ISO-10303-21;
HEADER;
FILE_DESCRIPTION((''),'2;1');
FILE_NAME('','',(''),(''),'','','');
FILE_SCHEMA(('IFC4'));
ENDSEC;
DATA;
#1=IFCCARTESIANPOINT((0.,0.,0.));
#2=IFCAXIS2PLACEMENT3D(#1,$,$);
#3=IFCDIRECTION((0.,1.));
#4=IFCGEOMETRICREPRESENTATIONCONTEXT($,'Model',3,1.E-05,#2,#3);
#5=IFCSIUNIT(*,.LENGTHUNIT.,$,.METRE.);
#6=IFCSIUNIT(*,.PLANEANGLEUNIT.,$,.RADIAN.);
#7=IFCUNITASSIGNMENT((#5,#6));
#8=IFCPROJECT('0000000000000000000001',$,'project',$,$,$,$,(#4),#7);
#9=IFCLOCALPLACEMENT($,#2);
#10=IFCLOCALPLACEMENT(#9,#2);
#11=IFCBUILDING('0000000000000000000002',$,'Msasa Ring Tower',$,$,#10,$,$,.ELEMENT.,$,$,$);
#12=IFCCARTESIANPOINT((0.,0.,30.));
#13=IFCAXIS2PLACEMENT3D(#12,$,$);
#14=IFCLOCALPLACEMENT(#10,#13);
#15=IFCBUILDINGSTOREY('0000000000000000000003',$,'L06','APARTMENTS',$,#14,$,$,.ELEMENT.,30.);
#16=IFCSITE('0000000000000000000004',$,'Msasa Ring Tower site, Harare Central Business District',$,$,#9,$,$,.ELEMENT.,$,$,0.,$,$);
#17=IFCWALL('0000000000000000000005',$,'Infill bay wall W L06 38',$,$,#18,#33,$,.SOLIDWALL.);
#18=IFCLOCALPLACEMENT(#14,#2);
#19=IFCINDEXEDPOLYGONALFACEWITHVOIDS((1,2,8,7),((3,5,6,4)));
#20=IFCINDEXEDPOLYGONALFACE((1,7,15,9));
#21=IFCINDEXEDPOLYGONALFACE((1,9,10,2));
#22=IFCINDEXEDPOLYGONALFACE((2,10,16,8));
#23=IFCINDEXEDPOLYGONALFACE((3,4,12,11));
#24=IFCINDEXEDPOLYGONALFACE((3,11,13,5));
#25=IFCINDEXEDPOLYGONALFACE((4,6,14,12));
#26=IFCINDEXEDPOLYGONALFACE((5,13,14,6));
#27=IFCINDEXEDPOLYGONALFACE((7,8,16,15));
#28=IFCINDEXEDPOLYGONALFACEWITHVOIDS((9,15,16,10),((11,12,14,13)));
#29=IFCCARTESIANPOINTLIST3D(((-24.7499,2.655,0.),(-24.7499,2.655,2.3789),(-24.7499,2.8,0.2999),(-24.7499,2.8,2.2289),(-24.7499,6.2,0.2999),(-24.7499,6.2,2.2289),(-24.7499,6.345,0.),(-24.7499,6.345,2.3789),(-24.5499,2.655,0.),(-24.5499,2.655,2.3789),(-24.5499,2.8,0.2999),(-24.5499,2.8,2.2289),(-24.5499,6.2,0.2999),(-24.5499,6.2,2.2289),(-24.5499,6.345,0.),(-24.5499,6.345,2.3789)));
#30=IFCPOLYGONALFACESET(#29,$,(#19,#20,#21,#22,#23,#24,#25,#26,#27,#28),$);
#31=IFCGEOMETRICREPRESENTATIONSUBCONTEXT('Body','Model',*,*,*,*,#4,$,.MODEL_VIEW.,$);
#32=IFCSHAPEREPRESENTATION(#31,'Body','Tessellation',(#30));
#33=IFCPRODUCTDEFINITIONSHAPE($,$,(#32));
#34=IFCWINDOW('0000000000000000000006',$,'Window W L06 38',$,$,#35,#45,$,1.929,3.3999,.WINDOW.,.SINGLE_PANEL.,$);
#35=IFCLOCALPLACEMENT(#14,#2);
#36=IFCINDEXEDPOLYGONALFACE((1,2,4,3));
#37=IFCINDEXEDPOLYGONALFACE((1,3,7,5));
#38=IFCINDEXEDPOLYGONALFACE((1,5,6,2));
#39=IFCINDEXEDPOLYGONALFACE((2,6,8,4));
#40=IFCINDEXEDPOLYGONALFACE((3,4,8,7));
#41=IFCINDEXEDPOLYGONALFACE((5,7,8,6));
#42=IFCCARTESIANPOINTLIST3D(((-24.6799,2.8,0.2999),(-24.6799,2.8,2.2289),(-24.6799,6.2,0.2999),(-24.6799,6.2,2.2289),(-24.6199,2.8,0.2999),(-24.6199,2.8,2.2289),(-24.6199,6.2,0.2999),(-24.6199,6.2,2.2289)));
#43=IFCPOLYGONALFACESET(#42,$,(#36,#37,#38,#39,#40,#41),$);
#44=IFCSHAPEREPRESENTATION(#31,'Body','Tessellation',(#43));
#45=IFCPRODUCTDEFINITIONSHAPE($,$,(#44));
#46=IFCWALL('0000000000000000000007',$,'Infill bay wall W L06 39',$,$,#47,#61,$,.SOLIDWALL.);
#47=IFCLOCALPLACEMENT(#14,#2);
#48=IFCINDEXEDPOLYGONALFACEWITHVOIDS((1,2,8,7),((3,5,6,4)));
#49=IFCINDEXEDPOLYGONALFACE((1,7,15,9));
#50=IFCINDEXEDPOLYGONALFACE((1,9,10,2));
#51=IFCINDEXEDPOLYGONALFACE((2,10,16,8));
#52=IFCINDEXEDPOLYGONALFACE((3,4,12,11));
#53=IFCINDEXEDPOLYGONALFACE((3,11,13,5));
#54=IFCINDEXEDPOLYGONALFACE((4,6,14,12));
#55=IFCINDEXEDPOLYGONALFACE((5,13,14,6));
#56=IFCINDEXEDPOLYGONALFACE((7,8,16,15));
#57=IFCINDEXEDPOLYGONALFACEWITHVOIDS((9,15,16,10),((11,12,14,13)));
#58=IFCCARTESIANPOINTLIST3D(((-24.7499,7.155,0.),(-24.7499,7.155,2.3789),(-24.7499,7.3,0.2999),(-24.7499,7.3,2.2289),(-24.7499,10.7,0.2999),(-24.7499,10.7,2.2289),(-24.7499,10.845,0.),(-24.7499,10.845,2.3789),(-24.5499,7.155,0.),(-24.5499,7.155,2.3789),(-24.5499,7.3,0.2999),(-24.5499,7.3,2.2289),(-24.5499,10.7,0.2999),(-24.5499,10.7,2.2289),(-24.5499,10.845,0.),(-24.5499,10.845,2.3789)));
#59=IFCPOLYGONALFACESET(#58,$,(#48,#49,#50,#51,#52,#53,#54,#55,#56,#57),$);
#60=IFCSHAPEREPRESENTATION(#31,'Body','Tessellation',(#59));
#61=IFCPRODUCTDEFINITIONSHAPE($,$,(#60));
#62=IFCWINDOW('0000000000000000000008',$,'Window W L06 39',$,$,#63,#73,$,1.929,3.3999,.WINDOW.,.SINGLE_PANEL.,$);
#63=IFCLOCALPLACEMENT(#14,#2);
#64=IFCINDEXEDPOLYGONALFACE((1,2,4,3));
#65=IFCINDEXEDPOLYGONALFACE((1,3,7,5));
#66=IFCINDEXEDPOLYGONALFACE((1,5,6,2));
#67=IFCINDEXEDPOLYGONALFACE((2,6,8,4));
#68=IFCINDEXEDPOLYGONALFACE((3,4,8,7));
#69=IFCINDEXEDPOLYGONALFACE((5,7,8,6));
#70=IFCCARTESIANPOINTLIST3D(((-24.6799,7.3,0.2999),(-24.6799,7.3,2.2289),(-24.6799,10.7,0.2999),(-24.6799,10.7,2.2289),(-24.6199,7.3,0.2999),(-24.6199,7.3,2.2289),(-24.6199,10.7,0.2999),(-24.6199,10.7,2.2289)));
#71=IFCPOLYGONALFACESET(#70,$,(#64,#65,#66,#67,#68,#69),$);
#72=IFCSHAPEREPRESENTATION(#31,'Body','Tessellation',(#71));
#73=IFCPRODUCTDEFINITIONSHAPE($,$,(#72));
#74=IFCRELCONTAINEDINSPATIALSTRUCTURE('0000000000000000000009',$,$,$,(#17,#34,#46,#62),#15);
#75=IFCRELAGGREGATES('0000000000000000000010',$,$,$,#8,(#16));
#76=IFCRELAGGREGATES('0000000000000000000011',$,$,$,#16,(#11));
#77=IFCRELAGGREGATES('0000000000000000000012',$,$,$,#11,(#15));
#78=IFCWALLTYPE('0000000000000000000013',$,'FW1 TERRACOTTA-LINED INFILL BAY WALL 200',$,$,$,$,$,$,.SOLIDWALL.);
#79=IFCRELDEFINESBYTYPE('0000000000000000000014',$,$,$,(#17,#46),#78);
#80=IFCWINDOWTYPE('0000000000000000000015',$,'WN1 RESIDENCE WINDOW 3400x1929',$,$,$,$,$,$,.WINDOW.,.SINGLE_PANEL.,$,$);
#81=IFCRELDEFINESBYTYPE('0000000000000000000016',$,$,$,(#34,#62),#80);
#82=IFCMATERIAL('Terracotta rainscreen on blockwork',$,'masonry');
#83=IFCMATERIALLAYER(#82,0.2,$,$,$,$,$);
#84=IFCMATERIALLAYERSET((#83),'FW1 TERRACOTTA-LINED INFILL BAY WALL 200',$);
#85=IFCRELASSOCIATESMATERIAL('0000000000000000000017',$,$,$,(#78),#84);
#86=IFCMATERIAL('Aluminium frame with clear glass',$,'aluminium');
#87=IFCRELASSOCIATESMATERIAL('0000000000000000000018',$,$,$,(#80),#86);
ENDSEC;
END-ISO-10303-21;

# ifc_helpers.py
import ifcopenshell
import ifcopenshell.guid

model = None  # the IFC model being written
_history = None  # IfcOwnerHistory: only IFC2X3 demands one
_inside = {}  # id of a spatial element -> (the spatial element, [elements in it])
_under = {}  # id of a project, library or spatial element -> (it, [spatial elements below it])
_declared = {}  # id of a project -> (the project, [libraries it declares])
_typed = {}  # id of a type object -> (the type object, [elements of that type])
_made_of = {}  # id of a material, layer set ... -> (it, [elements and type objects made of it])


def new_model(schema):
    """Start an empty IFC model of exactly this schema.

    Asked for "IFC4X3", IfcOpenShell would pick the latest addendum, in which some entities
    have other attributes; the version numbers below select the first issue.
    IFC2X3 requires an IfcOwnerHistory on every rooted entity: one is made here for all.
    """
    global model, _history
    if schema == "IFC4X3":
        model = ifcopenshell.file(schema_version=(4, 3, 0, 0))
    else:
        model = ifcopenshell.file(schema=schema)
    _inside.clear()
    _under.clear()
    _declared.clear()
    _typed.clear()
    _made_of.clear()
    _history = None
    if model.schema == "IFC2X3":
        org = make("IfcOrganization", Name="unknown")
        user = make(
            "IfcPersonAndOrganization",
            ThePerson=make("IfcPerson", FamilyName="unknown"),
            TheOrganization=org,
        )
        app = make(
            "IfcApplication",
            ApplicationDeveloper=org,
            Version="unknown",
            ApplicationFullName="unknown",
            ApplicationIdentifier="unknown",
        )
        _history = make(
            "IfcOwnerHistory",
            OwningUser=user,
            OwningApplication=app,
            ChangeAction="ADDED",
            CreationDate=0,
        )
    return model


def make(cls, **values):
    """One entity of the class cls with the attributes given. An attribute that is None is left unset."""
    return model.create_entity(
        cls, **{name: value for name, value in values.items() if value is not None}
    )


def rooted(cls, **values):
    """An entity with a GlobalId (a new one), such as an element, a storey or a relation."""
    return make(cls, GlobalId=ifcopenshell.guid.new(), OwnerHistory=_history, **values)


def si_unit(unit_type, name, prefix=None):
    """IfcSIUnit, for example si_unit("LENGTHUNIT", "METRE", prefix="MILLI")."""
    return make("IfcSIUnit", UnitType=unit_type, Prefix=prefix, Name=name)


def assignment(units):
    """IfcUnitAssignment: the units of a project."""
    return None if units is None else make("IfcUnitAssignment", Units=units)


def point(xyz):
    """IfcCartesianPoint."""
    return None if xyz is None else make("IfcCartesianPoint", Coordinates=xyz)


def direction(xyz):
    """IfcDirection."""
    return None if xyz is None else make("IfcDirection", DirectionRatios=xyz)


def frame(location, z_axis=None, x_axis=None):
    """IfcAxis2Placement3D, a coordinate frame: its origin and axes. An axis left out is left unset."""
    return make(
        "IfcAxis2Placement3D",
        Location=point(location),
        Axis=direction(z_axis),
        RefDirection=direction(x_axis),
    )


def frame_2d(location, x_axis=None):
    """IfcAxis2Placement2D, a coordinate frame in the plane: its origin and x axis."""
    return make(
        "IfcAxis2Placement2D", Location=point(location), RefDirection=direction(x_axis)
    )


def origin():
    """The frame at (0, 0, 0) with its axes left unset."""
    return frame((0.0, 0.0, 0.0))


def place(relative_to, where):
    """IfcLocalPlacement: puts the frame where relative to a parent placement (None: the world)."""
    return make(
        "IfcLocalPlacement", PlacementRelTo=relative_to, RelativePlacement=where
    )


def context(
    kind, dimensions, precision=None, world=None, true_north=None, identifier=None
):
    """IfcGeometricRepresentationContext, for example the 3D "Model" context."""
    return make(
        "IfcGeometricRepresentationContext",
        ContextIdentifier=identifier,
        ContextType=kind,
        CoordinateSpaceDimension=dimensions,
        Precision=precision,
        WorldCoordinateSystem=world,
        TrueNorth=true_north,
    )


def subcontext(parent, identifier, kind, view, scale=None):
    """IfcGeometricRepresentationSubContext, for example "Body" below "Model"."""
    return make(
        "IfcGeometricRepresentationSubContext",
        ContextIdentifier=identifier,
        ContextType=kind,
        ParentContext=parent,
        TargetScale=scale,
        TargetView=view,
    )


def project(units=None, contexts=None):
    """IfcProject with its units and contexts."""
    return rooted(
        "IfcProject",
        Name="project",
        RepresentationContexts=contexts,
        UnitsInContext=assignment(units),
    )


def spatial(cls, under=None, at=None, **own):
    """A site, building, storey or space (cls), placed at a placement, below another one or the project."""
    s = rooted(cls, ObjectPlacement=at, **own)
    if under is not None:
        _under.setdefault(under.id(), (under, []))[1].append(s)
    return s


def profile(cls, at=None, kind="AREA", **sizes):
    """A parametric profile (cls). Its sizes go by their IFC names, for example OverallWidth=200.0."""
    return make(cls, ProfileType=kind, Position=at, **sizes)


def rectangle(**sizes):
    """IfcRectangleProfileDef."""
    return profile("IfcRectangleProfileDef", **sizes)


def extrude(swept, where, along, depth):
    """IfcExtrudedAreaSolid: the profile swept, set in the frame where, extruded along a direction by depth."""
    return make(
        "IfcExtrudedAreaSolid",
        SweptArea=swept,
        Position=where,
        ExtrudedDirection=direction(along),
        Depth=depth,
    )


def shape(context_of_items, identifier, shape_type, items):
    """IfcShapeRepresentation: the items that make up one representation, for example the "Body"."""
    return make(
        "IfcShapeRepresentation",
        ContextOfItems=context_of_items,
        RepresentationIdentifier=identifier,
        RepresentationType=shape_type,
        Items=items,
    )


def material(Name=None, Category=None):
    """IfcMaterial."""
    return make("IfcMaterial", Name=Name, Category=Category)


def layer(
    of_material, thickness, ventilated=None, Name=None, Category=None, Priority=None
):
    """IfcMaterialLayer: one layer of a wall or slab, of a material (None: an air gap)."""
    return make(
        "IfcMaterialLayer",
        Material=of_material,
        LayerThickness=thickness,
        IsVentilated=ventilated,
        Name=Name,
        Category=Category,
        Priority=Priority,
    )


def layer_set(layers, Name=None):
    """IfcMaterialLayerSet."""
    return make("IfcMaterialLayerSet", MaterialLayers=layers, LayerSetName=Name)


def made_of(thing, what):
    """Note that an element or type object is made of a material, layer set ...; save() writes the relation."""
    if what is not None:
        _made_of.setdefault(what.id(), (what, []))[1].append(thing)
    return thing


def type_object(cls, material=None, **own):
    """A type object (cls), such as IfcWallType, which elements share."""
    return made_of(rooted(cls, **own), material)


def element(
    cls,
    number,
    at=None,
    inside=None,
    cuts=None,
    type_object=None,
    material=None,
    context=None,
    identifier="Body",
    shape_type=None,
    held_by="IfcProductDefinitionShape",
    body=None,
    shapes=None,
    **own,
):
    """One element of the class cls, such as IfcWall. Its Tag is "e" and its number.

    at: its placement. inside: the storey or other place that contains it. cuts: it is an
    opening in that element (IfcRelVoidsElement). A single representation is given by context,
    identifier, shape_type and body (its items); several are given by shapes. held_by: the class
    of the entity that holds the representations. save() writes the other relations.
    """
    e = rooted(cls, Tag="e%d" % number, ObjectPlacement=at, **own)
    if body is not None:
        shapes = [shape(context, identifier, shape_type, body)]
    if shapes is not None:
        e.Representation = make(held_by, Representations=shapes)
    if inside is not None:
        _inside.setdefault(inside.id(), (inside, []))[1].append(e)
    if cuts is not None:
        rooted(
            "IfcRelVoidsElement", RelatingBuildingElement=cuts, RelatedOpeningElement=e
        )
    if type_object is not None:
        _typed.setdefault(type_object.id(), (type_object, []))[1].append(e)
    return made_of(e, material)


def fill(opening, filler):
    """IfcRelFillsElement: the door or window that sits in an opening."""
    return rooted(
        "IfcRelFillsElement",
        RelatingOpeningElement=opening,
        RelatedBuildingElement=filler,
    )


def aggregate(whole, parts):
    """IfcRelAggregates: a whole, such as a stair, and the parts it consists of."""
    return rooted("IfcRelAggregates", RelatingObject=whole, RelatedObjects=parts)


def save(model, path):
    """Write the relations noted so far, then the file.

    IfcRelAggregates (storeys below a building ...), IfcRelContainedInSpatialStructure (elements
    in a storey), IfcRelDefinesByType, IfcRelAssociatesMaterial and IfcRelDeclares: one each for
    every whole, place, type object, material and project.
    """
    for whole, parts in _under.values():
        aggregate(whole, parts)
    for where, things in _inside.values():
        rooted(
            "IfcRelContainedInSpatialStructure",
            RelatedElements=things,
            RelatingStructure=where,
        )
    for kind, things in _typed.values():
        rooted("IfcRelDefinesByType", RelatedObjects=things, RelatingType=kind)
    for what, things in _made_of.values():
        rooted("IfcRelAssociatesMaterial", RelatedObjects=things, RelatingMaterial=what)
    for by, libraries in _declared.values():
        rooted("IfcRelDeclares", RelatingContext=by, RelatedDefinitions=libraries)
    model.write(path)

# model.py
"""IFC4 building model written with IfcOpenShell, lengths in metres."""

from ifc_helpers import new_model, si_unit, direction, frame, frame_2d, origin, place, context, subcontext, project, spatial, rectangle, extrude, material, layer, layer_set, type_object, element, fill, save


model = new_model("IFC4")

# Units and contexts
model_context = context("Model", 3, precision=1e-05, world=origin(), true_north=direction((0.0, 1.0)))
body_context = subcontext(model_context, "Body", "Model", "MODEL_VIEW")
ifc_project = project(units=[si_unit("LENGTHUNIT", "METRE"), si_unit("PLANEANGLEUNIT", "RADIAN")], contexts=[model_context])

# Site, building, storey
site_placement = place(None, origin())
site = spatial("IfcSite", under=ifc_project, at=site_placement, Name="Msasa Ring Tower site, Harare Central Business District", CompositionType="ELEMENT", RefElevation=0.0)
building_placement = place(site_placement, origin())
building = spatial("IfcBuilding", under=site, at=building_placement, Name="Msasa Ring Tower", CompositionType="ELEMENT")
storey_placement = place(building_placement, frame((0.0, 0.0, 30.0)))
storey = spatial("IfcBuildingStorey", under=building, at=storey_placement, Name="L06", Description="APARTMENTS", CompositionType="ELEMENT", Elevation=30.0)

# Walls, openings, windows
ifc_material_1 = material(Name="Terracotta rainscreen on blockwork", Category="masonry")
ifc_layer = layer(ifc_material_1, 0.2)
ifc_layer_set = layer_set([ifc_layer], Name="FW1 TERRACOTTA-LINED INFILL BAY WALL 200")
wall_type = type_object("IfcWallType", Name="FW1 TERRACOTTA-LINED INFILL BAY WALL 200", PredefinedType="SOLIDWALL", material=ifc_layer_set)
wall_1_placement = place(storey_placement, frame((-24.6499, 2.655, 0.0), z_axis=(0.0, 0.0, 1.0), x_axis=(0.0, 1.0, 0.0)))
wall_1 = element("IfcWall", 1, at=wall_1_placement, inside=storey, type_object=wall_type, Name="Infill bay wall W L06 38", PredefinedType="SOLIDWALL", context=body_context, shape_type="SweptSolid", body=[
    extrude(rectangle(XDim=3.6899, YDim=0.2, at=frame_2d((1.845, 0.0))), origin(), (0.0, 0.0, 1.0), 2.3789),
])
opening_1_placement = place(wall_1_placement, frame((0.145, 0.0, 0.3)))
opening_1 = element("IfcOpeningElement", 2, at=opening_1_placement, cuts=wall_1, PredefinedType="OPENING", context=body_context, shape_type="SweptSolid", body=[
    extrude(rectangle(XDim=3.3999, YDim=1.929, at=frame_2d((1.7, 0.9644))), frame((0.0, 0.1099, 0.0), z_axis=(0.0, -1.0, 0.0), x_axis=(1.0, 0.0, 0.0)), (0.0, 0.0, 1.0), 0.22),
])
ifc_material_2 = material(Name="Aluminium frame with clear glass", Category="aluminium")
window_type = type_object("IfcWindowType", Name="WN1 RESIDENCE WINDOW 3400x1929", PartitioningType="SINGLE_PANEL", PredefinedType="WINDOW", material=ifc_material_2)
window_1_placement = place(opening_1_placement, origin())
window_1 = element("IfcWindow", 3, at=window_1_placement, inside=storey, type_object=window_type, Name="Window W L06 38", OverallHeight=1.929, OverallWidth=3.3999, PartitioningType="SINGLE_PANEL", PredefinedType="WINDOW", context=body_context, shape_type="SweptSolid", body=[
    extrude(rectangle(XDim=3.3999, YDim=1.929, at=frame_2d((1.7, 0.9644))), frame((0.0, 0.03, 0.0), z_axis=(0.0, -1.0, 0.0), x_axis=(1.0, 0.0, 0.0)), (0.0, 0.0, 1.0), 0.0601),
])
fill(opening_1, window_1)
wall_2_placement = place(storey_placement, frame((-24.6499, 7.155, 0.0), z_axis=(0.0, 0.0, 1.0), x_axis=(0.0, 1.0, 0.0)))
wall_2 = element("IfcWall", 4, at=wall_2_placement, inside=storey, type_object=wall_type, Name="Infill bay wall W L06 39", PredefinedType="SOLIDWALL", context=body_context, shape_type="SweptSolid", body=[
    extrude(rectangle(XDim=3.6899, YDim=0.2, at=frame_2d((1.845, 0.0))), origin(), (0.0, 0.0, 1.0), 2.3789),
])
opening_2_placement = place(wall_2_placement, frame((0.145, 0.0, 0.3)))
opening_2 = element("IfcOpeningElement", 5, at=opening_2_placement, cuts=wall_2, PredefinedType="OPENING", context=body_context, shape_type="SweptSolid", body=[
    extrude(rectangle(XDim=3.3999, YDim=1.929, at=frame_2d((1.7, 0.9644))), frame((0.0, 0.1099, 0.0), z_axis=(0.0, -1.0, 0.0), x_axis=(1.0, 0.0, 0.0)), (0.0, 0.0, 1.0), 0.22),
])
window_2_placement = place(opening_2_placement, origin())
window_2 = element("IfcWindow", 6, at=window_2_placement, inside=storey, type_object=window_type, Name="Window W L06 39", OverallHeight=1.929, OverallWidth=3.3999, PartitioningType="SINGLE_PANEL", PredefinedType="WINDOW", context=body_context, shape_type="SweptSolid", body=[
    extrude(rectangle(XDim=3.3999, YDim=1.929, at=frame_2d((1.7, 0.9644))), frame((0.0, 0.03, 0.0), z_axis=(0.0, -1.0, 0.0), x_axis=(1.0, 0.0, 0.0)), (0.0, 0.0, 1.0), 0.0601),
])
fill(opening_2, window_2)

save(model, "model.ifc")
